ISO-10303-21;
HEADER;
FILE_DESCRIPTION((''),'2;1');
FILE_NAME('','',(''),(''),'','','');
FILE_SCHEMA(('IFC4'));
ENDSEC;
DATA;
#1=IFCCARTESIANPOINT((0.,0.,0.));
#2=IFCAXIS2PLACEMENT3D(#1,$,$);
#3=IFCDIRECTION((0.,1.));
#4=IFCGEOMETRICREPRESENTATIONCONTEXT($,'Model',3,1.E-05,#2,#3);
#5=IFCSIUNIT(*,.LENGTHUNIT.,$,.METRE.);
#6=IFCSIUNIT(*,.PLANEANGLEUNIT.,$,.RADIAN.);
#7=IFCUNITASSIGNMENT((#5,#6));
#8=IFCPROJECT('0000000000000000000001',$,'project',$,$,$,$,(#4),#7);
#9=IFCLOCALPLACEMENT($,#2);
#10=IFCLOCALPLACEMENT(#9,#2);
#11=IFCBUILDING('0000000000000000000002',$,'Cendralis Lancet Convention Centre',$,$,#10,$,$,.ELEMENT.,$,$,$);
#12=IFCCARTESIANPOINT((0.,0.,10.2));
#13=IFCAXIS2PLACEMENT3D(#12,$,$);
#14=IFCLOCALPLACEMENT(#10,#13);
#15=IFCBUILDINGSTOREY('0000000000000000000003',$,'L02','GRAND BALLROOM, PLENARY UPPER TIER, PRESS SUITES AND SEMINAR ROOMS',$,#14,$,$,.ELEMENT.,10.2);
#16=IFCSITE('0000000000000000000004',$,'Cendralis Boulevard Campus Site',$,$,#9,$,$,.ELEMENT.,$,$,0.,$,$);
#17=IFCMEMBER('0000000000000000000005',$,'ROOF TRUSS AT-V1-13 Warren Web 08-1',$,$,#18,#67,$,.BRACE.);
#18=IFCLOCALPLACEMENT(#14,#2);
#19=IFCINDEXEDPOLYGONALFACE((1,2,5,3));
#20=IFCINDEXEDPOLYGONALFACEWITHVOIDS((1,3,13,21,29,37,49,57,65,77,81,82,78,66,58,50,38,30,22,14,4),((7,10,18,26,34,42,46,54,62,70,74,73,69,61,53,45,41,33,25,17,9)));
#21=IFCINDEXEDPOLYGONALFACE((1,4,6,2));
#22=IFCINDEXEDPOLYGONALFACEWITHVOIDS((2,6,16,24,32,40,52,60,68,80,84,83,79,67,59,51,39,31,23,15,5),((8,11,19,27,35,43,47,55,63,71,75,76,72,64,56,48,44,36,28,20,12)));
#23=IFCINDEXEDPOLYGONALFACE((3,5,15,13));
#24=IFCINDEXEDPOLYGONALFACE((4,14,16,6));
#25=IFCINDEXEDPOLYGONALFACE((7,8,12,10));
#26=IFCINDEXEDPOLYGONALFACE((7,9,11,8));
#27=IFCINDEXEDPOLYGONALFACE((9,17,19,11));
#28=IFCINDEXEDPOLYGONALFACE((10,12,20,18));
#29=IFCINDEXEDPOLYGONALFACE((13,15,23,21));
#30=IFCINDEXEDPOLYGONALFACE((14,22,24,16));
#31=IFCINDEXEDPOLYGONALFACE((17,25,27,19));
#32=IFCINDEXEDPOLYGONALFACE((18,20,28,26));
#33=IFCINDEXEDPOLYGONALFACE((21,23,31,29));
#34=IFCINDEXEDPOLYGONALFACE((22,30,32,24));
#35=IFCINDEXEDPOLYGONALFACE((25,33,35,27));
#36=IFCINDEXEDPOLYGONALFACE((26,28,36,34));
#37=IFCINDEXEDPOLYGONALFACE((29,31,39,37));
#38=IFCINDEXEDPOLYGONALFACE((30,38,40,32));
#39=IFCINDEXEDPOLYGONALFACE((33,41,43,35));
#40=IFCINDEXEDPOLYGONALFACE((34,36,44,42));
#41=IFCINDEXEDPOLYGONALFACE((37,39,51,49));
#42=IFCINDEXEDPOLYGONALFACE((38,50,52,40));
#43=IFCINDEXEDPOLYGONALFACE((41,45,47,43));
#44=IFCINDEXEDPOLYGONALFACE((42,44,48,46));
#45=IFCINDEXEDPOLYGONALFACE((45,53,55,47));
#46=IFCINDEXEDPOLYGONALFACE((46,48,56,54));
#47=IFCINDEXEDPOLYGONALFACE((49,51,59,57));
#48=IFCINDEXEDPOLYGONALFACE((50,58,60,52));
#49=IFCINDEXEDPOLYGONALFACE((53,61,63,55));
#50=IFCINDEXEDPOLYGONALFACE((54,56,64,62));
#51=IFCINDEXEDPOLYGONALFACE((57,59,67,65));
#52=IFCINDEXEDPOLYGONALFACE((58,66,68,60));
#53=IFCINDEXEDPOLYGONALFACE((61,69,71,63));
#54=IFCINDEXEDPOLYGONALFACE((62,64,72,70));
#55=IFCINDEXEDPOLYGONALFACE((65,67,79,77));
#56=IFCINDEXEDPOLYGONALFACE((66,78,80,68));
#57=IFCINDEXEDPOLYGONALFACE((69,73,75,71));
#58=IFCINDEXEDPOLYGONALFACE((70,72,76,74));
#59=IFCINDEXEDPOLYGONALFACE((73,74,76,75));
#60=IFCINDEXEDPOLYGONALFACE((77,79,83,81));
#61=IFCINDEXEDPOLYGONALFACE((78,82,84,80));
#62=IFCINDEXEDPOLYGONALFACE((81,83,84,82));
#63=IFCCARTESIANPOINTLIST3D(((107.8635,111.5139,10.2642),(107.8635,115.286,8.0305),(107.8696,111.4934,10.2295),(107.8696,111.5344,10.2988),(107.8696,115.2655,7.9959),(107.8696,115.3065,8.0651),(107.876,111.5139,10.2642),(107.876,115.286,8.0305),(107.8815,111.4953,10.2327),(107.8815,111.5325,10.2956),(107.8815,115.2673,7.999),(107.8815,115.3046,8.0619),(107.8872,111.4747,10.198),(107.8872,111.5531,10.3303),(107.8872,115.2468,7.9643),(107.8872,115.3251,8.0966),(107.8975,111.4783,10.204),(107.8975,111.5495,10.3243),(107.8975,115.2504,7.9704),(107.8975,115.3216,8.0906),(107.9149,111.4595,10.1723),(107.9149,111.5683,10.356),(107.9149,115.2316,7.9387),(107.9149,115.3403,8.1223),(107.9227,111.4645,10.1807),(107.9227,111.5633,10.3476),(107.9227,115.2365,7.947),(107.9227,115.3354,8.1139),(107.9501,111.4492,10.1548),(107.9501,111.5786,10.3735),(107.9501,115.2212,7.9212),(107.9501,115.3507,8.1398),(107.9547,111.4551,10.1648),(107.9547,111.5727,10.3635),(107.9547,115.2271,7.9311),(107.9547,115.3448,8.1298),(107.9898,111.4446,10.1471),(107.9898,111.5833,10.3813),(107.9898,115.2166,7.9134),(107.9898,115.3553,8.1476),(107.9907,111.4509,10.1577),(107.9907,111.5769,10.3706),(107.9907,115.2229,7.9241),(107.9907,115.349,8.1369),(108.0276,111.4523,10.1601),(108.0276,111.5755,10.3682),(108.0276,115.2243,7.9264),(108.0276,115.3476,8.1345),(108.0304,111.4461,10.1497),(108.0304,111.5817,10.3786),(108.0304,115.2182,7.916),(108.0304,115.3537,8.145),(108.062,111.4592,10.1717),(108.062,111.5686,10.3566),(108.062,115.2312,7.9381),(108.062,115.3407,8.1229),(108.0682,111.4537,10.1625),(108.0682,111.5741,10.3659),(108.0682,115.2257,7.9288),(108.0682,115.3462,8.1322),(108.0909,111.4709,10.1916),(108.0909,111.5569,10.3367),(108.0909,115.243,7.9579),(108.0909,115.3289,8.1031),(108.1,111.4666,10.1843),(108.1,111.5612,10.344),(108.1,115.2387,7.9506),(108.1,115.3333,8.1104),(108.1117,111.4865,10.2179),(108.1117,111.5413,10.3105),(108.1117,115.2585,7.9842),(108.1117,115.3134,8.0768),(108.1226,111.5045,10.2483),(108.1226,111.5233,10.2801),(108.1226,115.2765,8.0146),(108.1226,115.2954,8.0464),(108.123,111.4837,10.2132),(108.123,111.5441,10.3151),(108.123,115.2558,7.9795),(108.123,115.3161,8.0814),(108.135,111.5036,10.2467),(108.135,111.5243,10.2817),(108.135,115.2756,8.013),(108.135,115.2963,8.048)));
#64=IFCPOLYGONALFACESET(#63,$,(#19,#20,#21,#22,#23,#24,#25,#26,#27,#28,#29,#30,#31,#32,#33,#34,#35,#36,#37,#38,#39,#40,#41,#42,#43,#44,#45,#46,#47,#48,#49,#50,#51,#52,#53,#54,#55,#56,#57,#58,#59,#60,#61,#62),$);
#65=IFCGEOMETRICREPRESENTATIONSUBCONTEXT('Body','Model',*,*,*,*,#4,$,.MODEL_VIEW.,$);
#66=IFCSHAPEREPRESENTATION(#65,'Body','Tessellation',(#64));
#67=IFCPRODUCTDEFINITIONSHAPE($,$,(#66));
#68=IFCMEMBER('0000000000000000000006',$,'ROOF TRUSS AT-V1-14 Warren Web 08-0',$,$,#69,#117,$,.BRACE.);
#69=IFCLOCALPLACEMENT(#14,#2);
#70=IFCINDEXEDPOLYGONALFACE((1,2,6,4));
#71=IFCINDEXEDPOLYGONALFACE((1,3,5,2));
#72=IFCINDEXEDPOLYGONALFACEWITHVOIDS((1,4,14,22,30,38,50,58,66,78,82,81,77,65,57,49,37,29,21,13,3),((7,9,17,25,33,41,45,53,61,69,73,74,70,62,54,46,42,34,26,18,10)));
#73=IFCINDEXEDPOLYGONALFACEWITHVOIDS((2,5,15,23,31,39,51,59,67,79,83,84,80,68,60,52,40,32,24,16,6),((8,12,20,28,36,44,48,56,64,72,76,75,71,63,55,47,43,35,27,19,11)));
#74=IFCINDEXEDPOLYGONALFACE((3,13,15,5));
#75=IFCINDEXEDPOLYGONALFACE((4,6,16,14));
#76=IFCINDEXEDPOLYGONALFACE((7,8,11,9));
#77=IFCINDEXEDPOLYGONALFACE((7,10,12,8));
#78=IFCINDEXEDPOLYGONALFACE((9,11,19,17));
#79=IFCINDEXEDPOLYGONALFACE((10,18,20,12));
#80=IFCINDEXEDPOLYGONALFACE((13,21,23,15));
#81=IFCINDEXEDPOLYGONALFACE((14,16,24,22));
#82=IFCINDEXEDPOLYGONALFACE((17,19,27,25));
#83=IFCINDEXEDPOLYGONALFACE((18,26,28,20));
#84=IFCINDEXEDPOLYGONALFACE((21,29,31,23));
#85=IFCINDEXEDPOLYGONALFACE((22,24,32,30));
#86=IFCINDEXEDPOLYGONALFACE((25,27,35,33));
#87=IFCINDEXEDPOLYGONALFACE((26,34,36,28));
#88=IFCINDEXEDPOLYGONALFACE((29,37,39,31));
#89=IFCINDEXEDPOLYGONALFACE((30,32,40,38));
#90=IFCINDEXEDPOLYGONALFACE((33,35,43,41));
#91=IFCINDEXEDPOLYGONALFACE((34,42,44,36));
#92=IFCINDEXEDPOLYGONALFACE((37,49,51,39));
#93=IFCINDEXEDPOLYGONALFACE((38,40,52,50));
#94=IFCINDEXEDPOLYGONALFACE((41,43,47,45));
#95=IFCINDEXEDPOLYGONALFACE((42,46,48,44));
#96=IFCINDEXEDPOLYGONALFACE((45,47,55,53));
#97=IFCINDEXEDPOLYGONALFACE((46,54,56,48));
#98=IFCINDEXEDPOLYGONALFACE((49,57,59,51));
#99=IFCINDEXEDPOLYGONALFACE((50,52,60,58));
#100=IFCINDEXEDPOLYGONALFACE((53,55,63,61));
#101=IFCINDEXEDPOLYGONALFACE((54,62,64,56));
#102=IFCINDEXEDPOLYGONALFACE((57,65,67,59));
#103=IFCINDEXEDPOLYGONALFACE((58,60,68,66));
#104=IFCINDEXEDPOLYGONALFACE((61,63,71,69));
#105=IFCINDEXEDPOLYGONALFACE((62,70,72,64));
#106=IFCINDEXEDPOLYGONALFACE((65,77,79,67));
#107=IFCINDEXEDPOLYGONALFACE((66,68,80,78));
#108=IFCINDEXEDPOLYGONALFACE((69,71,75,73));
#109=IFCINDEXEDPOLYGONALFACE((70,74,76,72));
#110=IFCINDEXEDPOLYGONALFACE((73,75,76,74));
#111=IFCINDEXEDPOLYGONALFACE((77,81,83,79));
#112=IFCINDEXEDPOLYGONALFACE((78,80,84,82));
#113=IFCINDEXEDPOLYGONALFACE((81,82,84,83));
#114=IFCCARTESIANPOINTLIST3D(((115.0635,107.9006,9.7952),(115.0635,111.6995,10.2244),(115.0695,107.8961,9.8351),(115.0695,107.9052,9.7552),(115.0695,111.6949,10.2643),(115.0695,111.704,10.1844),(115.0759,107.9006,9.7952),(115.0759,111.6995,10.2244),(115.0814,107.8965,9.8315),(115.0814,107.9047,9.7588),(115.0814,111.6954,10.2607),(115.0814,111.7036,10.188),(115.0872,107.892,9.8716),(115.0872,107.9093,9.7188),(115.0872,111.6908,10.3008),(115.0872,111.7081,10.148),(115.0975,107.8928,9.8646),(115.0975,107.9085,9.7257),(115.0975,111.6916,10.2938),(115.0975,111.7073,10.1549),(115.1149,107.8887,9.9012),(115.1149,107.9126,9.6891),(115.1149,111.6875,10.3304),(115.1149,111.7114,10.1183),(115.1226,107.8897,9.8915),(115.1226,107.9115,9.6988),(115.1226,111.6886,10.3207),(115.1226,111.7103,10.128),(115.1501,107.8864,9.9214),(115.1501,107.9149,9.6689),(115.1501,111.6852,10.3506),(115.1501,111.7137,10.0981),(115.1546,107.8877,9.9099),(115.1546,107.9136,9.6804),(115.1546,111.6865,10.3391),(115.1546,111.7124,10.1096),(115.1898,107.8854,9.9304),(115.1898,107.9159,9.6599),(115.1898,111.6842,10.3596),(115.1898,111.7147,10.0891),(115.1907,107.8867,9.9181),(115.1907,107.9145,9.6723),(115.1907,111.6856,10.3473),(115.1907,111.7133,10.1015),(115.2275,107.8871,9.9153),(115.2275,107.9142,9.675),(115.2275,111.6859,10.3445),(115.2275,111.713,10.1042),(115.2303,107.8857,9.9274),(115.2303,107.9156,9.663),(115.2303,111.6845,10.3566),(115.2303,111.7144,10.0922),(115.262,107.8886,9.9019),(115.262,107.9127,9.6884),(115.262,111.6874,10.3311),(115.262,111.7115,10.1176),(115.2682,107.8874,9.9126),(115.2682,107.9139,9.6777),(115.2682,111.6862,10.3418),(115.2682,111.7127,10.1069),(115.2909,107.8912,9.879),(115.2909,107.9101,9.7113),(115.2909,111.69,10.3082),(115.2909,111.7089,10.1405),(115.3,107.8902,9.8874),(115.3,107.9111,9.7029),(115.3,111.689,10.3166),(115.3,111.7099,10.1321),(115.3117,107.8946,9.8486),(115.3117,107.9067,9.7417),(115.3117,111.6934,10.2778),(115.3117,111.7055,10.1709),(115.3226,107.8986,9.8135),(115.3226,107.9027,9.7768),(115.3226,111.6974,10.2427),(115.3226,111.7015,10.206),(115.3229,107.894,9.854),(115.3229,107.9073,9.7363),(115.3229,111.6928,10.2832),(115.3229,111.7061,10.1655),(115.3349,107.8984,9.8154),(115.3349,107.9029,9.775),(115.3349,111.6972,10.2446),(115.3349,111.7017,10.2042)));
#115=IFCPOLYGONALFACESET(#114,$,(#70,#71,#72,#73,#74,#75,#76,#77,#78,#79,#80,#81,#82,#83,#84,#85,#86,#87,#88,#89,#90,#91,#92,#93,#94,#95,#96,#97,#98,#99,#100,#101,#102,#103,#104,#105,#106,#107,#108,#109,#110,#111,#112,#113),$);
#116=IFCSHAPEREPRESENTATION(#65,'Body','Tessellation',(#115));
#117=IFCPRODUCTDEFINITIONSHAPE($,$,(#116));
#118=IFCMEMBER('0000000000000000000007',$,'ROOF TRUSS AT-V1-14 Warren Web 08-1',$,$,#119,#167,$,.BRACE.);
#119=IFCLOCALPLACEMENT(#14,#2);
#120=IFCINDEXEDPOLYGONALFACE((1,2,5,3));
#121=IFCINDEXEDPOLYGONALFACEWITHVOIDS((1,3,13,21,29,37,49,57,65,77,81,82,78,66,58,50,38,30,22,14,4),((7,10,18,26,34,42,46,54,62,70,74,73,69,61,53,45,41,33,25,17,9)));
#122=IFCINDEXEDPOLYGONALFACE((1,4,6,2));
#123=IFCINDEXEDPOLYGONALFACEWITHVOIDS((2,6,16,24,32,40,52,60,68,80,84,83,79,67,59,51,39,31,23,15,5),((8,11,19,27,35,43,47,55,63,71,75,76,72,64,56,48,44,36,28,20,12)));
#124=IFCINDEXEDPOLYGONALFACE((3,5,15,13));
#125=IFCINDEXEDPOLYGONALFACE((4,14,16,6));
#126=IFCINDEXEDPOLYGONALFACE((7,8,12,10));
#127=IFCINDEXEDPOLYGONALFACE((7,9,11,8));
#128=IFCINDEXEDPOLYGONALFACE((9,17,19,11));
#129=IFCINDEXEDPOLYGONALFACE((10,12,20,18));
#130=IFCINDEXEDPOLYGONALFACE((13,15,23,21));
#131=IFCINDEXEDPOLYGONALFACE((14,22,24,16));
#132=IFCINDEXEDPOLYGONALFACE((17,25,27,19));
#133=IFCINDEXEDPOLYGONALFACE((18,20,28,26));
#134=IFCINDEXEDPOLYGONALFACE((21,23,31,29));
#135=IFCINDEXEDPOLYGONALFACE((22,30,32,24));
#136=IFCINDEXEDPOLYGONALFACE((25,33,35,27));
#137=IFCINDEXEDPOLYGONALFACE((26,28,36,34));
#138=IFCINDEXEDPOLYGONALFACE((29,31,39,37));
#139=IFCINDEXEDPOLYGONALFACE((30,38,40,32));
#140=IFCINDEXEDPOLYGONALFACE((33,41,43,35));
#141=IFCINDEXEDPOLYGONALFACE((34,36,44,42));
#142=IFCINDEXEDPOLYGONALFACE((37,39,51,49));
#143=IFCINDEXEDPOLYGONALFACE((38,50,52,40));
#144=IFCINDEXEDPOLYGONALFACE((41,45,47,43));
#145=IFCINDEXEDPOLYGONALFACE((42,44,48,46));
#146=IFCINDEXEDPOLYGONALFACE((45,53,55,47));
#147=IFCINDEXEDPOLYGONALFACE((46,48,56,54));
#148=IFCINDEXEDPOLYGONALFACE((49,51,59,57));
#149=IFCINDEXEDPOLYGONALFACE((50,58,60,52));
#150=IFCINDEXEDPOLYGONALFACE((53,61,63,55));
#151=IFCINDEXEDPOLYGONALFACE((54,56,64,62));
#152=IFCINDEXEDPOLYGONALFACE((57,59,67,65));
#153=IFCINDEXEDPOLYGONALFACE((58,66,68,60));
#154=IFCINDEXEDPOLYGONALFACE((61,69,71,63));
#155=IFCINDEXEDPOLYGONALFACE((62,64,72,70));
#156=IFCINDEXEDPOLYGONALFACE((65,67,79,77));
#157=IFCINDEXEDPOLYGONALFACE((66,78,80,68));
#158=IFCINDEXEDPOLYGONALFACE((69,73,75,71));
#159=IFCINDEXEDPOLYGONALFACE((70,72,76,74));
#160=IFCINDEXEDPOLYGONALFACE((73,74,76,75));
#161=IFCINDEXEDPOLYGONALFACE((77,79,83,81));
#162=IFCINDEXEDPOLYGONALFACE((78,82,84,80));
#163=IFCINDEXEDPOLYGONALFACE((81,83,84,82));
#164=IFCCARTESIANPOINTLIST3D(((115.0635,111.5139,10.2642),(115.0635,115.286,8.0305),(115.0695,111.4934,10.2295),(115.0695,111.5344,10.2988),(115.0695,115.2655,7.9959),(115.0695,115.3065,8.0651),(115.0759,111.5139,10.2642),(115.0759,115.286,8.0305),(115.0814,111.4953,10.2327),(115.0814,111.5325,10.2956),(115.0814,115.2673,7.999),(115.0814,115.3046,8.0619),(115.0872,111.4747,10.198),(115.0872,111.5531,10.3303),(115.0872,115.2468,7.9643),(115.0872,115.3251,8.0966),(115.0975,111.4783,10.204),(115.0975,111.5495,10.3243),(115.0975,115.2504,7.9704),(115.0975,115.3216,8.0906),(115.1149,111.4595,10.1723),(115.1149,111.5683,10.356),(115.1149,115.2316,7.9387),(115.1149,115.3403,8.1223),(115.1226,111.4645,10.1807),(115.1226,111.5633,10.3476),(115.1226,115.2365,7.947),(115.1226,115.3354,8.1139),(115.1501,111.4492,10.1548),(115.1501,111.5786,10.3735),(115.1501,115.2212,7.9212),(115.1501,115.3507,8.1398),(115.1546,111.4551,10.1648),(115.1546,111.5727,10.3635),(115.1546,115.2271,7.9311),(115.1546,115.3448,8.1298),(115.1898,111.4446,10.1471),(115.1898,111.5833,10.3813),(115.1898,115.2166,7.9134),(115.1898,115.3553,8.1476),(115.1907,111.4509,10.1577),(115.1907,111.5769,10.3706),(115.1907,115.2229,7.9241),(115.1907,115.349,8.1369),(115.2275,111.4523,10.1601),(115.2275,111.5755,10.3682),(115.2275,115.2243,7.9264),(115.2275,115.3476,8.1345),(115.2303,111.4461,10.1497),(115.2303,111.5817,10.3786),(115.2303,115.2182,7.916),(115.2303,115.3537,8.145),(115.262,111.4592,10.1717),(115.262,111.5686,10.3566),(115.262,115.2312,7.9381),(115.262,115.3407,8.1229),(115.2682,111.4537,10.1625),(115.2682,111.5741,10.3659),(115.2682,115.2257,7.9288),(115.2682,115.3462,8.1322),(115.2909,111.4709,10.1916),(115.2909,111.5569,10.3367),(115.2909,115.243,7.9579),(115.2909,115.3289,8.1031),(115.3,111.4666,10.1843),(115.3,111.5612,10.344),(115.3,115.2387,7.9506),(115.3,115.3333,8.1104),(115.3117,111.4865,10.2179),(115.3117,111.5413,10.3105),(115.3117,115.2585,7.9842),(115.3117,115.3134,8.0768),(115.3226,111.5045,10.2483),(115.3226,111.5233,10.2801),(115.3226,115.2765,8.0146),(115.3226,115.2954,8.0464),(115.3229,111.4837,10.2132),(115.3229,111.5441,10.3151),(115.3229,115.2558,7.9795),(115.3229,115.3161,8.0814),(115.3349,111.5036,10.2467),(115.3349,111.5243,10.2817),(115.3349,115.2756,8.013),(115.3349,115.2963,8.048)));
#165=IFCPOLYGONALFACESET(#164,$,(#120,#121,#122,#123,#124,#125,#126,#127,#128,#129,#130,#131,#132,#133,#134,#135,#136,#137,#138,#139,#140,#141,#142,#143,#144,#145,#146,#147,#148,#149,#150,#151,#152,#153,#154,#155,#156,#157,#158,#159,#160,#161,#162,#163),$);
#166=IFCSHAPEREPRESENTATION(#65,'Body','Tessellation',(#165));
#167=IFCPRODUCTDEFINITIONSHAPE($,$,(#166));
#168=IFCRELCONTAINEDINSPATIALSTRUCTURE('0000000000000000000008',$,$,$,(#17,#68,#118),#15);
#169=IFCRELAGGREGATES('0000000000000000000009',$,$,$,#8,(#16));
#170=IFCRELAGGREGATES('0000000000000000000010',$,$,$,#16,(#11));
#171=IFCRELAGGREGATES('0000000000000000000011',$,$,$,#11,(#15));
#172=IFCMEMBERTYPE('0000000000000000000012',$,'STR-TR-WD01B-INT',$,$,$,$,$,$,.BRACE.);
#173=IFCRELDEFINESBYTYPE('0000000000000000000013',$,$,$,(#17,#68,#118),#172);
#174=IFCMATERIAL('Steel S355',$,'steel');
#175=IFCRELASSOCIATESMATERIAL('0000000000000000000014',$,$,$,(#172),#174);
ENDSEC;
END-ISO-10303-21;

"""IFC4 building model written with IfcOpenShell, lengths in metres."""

from ifc_helpers import new_model, si_unit, direction, frame, origin, origin_2d, place, context, subcontext, project, spatial, hollow_circle, extrude, material, material_profile, profile_set, type_object, element, save


model = new_model("IFC4")

# Units and contexts
model_context = context("Model", 3, precision=1e-05, world=origin(), true_north=direction((0.0, 1.0)))
body_context = subcontext(model_context, "Body", "Model", "MODEL_VIEW")
ifc_project = project(units=[si_unit("LENGTHUNIT", "METRE"), si_unit("PLANEANGLEUNIT", "RADIAN")], contexts=[model_context])

# Site, building, storey
site_placement = place(None, origin())
site = spatial("IfcSite", under=ifc_project, at=site_placement, Name="Cendralis Boulevard Campus Site", CompositionType="ELEMENT", RefElevation=0.0)
building_placement = place(site_placement, origin())
building = spatial("IfcBuilding", under=site, at=building_placement, Name="Cendralis Lancet Convention Centre", CompositionType="ELEMENT")
storey_placement = place(building_placement, frame((0.0, 0.0, 10.2)))
storey = spatial("IfcBuildingStorey", under=building, at=storey_placement, Name="L02", Description="GRAND BALLROOM, PLENARY UPPER TIER, PRESS SUITES AND SEMINAR ROOMS", CompositionType="ELEMENT", Elevation=10.2)

# Members
ifc_material = material(Name="Steel S355", Category="steel")
ifc_material_profile_1 = material_profile(ifc_material, hollow_circle(Radius=0.1365, WallThickness=0.0125, at=origin_2d()), Name="CHS 273.0x12.5")
ifc_profile_set_1 = profile_set([ifc_material_profile_1], Name="Steel S355")
member_type_1 = type_object("IfcMemberType", Name="STR-TR-WD01B-INT", PredefinedType="BRACE", material=ifc_profile_set_1)
member_1_placement = place(storey_placement, frame((108.0, 111.5139, 10.2642), z_axis=(0.0, 0.860452, -0.509532), x_axis=(-1.0, 0.0, 0.0)))
element("IfcMember", 1, at=member_1_placement, inside=storey, type_object=member_type_1, Name="ROOF TRUSS AT-V1-13 Warren Web 08-1", PredefinedType="BRACE", context=body_context, shape_type="SweptSolid", body=[
    extrude(hollow_circle(Radius=0.1365, WallThickness=0.0125, at=origin_2d()), origin(), (0.0, 0.0, 1.0), 4.3838),
])
member_2_placement = place(storey_placement, frame((115.2, 107.9006, 9.7952), z_axis=(0.0, 0.993678, 0.112268), x_axis=(-1.0, 0.0, 0.0)))
element("IfcMember", 2, at=member_2_placement, inside=storey, type_object=member_type_1, Name="ROOF TRUSS AT-V1-14 Warren Web 08-0", PredefinedType="BRACE", context=body_context, shape_type="SweptSolid", body=[
    extrude(hollow_circle(Radius=0.1365, WallThickness=0.0125, at=origin_2d()), origin(), (0.0, 0.0, 1.0), 3.823),
])
member_3_placement = place(storey_placement, frame((115.2, 111.5139, 10.2642), z_axis=(0.0, 0.860452, -0.509532), x_axis=(-1.0, 0.0, 0.0)))
element("IfcMember", 3, at=member_3_placement, inside=storey, type_object=member_type_1, Name="ROOF TRUSS AT-V1-14 Warren Web 08-1", PredefinedType="BRACE", context=body_context, shape_type="SweptSolid", body=[
    extrude(hollow_circle(Radius=0.1365, WallThickness=0.0125, at=origin_2d()), origin(), (0.0, 0.0, 1.0), 4.3838),
])

save(model, "model.ifc")
